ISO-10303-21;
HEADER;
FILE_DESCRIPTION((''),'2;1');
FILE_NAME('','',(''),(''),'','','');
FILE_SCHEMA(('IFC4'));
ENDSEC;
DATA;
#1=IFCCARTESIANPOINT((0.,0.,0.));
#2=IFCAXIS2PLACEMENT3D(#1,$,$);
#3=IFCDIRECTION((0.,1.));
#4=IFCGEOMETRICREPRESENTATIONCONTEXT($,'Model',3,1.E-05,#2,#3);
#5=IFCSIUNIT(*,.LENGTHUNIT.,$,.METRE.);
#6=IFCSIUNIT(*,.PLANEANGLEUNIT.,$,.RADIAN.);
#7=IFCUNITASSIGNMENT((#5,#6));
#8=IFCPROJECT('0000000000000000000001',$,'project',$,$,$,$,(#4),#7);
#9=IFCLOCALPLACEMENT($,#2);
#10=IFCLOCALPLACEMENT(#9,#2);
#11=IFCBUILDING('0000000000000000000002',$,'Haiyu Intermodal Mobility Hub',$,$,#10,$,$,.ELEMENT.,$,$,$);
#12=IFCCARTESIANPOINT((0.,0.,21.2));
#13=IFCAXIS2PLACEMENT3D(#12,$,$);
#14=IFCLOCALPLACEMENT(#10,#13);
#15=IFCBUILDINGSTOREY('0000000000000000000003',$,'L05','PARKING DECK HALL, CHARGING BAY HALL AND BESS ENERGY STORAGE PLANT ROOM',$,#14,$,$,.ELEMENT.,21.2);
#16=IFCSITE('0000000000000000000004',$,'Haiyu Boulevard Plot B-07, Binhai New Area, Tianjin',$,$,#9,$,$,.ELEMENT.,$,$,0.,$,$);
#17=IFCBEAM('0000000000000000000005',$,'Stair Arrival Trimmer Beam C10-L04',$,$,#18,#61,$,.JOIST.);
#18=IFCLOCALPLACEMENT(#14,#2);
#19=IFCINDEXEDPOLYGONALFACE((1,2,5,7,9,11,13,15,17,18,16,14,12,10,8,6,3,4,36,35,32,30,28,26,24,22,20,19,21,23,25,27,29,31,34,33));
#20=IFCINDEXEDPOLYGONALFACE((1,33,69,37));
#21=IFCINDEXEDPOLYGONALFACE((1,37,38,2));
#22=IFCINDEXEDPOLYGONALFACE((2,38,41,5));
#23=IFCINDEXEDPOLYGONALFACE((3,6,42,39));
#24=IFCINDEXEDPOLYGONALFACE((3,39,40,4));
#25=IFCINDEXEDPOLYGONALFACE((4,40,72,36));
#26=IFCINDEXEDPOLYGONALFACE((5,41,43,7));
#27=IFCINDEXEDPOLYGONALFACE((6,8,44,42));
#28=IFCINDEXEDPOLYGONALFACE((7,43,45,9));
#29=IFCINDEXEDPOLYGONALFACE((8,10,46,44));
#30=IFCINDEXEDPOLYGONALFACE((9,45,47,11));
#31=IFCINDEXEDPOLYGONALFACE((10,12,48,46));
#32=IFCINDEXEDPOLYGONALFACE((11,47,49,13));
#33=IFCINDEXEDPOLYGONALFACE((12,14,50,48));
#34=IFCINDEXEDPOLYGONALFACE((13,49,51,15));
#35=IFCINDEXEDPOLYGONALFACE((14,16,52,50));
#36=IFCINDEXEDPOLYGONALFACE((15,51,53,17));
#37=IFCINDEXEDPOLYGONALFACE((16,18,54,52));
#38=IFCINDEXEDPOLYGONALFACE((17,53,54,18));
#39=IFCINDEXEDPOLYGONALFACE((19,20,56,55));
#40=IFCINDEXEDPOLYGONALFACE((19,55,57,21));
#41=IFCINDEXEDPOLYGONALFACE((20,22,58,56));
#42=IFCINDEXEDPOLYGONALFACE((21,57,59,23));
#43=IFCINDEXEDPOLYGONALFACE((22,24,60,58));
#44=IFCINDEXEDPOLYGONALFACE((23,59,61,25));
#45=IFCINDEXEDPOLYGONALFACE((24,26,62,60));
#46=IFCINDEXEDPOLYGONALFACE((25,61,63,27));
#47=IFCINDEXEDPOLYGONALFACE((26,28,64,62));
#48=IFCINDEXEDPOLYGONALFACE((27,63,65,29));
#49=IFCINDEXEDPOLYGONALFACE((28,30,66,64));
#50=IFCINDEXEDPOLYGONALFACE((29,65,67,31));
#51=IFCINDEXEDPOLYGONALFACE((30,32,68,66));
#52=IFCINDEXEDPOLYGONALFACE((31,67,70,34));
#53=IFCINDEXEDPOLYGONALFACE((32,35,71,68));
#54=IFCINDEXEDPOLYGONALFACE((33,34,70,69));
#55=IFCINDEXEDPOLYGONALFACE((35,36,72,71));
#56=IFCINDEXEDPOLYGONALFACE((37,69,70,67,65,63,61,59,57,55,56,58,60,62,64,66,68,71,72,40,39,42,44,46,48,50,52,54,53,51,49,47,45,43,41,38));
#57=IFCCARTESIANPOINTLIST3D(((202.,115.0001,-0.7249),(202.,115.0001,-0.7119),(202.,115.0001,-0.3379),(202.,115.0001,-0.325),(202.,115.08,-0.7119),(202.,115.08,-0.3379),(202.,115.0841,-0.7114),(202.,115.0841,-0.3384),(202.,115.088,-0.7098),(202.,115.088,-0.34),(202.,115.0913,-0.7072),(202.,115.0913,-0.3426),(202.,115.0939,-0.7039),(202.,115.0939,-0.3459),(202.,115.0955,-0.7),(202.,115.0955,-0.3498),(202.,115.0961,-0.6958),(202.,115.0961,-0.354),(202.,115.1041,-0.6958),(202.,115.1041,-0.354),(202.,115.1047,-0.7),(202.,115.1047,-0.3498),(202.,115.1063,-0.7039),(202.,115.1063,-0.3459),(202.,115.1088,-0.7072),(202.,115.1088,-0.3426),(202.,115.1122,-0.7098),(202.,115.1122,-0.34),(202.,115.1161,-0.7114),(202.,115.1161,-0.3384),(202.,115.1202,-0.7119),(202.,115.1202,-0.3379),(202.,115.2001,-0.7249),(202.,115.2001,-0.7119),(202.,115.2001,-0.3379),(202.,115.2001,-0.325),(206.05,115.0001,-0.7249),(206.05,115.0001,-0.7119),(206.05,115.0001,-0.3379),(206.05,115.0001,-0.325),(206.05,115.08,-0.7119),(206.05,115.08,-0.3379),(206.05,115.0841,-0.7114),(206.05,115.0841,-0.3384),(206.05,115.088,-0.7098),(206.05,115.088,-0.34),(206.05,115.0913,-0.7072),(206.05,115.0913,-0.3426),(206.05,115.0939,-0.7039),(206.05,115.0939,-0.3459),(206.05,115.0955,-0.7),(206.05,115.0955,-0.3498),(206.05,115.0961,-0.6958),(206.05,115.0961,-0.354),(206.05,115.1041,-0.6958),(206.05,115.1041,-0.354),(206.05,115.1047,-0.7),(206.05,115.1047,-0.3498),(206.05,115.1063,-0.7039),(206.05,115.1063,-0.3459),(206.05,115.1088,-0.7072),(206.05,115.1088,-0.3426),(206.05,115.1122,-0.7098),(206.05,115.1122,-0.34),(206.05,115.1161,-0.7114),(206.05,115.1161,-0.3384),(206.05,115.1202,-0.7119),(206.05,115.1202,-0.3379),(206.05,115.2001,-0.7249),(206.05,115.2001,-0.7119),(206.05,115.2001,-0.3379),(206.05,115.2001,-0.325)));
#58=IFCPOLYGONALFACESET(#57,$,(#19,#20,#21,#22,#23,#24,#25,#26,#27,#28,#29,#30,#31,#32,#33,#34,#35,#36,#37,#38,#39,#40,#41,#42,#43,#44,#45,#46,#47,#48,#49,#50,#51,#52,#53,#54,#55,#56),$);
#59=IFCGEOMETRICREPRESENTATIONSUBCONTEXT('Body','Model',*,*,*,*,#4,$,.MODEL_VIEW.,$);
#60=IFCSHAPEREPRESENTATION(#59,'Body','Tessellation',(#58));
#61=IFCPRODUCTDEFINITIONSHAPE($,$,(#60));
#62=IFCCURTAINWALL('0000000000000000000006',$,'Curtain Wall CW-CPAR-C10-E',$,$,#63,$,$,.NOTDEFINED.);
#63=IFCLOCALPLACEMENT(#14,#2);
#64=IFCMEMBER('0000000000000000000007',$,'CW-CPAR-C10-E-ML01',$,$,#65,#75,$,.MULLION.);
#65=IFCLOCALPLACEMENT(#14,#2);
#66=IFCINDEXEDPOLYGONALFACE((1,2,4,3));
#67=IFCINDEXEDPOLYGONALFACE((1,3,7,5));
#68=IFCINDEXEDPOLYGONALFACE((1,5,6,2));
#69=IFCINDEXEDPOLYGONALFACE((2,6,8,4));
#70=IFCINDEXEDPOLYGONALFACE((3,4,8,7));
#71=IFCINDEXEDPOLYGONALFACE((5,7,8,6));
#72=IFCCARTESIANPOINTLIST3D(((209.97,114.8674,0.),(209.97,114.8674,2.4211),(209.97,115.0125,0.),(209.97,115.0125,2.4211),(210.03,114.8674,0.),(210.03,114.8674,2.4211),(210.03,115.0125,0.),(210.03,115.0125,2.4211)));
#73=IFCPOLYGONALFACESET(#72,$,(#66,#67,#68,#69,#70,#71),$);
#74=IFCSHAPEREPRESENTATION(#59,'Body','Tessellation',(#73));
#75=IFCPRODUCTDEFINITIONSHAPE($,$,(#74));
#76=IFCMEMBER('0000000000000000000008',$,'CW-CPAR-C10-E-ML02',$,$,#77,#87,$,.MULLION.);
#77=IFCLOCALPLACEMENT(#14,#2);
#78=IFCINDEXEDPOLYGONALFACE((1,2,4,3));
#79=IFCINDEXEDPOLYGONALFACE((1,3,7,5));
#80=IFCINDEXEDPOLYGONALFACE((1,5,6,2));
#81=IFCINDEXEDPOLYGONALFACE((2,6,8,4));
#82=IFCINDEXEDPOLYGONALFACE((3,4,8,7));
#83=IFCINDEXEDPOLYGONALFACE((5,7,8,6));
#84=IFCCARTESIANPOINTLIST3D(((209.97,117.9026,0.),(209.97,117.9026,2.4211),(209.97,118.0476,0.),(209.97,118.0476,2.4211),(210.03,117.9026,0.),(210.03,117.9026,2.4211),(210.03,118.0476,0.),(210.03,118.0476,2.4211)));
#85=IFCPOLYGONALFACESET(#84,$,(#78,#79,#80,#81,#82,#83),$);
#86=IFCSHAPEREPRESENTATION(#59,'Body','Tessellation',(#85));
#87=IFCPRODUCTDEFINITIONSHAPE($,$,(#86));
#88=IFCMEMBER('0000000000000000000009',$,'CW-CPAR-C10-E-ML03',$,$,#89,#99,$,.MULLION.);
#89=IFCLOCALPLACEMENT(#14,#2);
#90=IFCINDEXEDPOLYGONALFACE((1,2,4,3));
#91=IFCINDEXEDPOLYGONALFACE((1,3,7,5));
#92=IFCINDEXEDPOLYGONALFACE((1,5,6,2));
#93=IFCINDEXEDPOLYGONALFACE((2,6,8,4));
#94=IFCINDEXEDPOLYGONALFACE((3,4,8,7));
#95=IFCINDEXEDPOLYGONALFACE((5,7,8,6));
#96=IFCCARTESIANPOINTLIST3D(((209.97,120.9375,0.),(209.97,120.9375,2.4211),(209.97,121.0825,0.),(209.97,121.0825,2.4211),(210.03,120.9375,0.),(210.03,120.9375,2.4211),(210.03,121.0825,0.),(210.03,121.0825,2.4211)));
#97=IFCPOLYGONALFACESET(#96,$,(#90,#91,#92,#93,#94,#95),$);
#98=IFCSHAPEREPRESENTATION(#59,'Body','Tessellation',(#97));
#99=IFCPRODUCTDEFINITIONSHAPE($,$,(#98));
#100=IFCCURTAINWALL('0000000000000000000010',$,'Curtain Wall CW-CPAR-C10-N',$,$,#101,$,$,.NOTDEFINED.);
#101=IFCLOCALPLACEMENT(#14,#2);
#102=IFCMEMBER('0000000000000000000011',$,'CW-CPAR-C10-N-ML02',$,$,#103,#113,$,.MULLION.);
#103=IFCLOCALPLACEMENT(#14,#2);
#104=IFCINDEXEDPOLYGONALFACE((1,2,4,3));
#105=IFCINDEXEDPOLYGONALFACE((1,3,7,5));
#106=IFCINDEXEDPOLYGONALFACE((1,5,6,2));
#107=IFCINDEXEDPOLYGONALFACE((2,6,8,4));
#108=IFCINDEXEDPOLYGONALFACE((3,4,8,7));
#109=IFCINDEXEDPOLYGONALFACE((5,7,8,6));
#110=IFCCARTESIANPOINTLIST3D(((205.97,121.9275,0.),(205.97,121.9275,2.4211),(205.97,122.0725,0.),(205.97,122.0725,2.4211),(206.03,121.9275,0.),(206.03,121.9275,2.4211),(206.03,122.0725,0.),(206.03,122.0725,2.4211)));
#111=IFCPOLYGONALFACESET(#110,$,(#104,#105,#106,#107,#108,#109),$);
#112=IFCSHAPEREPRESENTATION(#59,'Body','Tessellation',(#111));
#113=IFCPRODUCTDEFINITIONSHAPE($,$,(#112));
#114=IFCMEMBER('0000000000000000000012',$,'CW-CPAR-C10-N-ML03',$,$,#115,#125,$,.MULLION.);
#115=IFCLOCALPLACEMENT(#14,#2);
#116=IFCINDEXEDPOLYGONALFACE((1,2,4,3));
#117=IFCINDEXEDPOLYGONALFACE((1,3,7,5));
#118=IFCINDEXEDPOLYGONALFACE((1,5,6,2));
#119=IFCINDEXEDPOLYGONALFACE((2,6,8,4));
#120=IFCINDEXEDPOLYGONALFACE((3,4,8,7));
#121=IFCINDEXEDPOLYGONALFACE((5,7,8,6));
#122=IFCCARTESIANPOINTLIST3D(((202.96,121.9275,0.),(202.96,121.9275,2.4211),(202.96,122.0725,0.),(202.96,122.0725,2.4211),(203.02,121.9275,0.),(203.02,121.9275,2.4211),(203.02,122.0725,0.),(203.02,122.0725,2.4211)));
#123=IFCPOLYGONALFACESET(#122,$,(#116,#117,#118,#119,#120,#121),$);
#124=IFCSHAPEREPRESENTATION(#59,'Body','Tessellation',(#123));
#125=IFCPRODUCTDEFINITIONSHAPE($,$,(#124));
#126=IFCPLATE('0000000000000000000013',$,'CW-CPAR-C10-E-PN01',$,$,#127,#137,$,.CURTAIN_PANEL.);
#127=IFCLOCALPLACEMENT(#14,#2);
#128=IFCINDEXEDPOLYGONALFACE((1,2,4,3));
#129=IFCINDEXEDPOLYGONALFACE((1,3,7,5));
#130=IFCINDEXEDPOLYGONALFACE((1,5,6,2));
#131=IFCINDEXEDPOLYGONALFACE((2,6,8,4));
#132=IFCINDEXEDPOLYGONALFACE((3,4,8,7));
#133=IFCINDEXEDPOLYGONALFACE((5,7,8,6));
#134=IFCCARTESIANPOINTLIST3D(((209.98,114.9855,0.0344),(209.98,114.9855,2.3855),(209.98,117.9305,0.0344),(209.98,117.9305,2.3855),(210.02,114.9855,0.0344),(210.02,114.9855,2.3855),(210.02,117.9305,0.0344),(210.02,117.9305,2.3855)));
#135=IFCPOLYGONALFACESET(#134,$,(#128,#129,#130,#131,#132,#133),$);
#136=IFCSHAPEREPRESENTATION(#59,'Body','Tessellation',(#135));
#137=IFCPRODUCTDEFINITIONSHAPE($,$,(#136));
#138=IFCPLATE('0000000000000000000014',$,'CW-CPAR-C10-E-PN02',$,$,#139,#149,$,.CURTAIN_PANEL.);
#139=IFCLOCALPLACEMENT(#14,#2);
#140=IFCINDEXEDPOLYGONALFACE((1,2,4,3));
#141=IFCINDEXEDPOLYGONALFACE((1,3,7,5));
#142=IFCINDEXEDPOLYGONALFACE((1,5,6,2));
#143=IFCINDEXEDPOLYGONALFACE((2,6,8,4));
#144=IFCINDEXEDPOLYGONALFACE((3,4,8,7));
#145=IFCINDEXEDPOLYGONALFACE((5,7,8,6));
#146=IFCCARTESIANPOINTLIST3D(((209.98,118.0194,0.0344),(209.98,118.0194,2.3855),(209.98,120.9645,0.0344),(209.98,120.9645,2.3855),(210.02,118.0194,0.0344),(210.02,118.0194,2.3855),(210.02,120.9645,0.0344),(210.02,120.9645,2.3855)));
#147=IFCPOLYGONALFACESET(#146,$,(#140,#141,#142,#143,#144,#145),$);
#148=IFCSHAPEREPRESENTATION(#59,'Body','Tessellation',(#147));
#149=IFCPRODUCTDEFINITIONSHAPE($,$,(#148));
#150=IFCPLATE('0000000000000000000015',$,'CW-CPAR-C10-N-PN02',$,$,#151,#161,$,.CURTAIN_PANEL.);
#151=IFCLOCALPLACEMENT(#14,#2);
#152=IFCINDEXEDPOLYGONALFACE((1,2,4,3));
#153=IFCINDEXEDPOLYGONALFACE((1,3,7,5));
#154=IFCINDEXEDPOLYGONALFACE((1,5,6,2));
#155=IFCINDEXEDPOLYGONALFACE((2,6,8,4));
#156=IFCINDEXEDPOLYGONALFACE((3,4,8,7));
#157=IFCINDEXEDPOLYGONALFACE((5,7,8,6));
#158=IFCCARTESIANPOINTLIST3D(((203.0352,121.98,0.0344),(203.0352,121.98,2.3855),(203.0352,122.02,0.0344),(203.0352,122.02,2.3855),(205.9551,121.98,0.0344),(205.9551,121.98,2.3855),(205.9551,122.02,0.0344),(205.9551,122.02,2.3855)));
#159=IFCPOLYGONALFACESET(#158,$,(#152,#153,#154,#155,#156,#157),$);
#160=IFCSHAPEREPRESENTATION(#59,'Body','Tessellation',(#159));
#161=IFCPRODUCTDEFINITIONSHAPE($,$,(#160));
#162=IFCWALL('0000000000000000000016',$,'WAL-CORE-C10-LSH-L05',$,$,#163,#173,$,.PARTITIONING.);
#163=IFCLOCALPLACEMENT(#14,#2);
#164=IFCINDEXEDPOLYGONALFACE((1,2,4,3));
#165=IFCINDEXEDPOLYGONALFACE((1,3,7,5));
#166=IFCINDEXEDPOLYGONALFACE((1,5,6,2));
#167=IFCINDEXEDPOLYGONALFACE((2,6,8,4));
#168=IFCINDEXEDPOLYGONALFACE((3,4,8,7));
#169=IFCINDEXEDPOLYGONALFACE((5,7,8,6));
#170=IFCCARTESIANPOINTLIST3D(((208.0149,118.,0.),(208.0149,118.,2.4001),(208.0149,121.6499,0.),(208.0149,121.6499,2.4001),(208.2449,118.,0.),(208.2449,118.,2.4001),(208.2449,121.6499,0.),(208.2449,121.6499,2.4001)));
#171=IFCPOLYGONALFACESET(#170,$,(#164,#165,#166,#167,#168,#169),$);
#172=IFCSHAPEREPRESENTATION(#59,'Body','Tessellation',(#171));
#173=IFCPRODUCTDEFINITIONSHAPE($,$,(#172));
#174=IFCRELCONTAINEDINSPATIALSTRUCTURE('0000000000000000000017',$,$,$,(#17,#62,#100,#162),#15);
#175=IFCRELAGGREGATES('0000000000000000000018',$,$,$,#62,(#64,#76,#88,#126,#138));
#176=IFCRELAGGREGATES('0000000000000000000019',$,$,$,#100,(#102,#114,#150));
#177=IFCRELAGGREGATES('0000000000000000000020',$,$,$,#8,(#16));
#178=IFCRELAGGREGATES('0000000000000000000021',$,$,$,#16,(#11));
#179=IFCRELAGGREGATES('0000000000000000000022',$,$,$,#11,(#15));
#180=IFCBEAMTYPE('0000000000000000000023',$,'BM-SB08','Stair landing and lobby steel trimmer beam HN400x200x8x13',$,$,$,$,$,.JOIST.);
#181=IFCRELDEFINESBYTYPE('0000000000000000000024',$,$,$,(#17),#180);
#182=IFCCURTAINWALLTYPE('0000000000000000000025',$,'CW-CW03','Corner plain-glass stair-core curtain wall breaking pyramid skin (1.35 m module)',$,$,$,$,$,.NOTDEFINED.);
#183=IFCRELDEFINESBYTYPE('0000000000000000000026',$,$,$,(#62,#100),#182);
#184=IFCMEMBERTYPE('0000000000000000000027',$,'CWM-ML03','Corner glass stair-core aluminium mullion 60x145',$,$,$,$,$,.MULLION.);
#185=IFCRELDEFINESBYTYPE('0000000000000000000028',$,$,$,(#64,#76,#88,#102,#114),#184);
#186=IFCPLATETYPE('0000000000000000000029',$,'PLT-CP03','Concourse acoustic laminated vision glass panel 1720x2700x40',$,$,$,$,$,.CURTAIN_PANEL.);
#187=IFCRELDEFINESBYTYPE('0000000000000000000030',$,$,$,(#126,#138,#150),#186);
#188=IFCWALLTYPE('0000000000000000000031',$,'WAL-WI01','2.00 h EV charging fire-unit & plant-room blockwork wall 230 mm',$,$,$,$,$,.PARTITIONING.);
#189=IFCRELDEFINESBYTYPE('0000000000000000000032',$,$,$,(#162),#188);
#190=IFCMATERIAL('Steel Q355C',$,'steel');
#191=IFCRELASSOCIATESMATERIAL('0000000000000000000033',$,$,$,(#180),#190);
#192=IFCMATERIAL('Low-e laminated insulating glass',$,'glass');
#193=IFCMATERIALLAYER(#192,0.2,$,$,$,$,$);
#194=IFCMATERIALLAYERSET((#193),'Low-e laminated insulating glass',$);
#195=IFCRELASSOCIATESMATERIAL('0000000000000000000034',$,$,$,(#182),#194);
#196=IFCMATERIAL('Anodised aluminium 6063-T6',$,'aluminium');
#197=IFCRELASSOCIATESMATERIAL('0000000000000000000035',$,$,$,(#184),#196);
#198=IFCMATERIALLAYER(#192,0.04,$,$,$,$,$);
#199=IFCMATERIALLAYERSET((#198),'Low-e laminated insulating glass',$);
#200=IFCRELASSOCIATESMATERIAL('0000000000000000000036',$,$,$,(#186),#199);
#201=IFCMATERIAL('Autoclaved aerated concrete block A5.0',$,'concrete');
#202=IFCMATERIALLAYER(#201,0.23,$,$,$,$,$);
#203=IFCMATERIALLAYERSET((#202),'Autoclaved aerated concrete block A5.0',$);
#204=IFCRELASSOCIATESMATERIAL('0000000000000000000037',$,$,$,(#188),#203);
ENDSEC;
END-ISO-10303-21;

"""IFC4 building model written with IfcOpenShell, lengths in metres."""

from ifc_helpers import new_model, si_unit, direction, frame, frame_2d, origin, origin_2d, place, context, subcontext, project, spatial, rectangle, i_section, extrude, material, layer, layer_set, material_profile, profile_set, type_object, element, aggregate, save


model = new_model("IFC4")

# Units and contexts
model_context = context("Model", 3, precision=1e-05, world=origin(), true_north=direction((0.0, 1.0)))
body_context = subcontext(model_context, "Body", "Model", "MODEL_VIEW")
ifc_project = project(units=[si_unit("LENGTHUNIT", "METRE"), si_unit("PLANEANGLEUNIT", "RADIAN")], contexts=[model_context])

# Site, building, storey
site_placement = place(None, origin())
site = spatial("IfcSite", under=ifc_project, at=site_placement, Name="Haiyu Boulevard Plot B-07, Binhai New Area, Tianjin", CompositionType="ELEMENT", RefElevation=0.0)
building_placement = place(site_placement, origin())
building = spatial("IfcBuilding", under=site, at=building_placement, Name="Haiyu Intermodal Mobility Hub", CompositionType="ELEMENT")
storey_placement = place(building_placement, frame((0.0, 0.0, 21.2)))
storey = spatial("IfcBuildingStorey", under=building, at=storey_placement, Name="L05", Description="PARKING DECK HALL, CHARGING BAY HALL AND BESS ENERGY STORAGE PLANT ROOM", CompositionType="ELEMENT", Elevation=21.2)

# Shared definitions
ifc_material_1 = material(Name="Steel Q355C", Category="steel")

# Beam
ifc_material_profile_1 = material_profile(ifc_material_1, i_section(OverallWidth=0.2, OverallDepth=0.3999, WebThickness=0.0081, FlangeThickness=0.0129, FilletRadius=0.0161, at=origin_2d()), Name="HN400x200x8x13")
ifc_profile_set_1 = profile_set([ifc_material_profile_1], Name="Steel Q355C")
beam_type_1 = type_object("IfcBeamType", Name="BM-SB08", Description="Stair landing and lobby steel trimmer beam HN400x200x8x13", PredefinedType="JOIST", material=ifc_profile_set_1)
beam_1_placement = place(storey_placement, frame((202.0, 115.1001, -0.5249), z_axis=(1.0, 0.0, 0.0), x_axis=(0.0, 1.0, 0.0)))
element("IfcBeam", 1, at=beam_1_placement, inside=storey, type_object=beam_type_1, Name="Stair Arrival Trimmer Beam C10-L04", PredefinedType="JOIST", context=body_context, shape_type="SweptSolid", body=[
    extrude(i_section(OverallWidth=0.2, OverallDepth=0.3999, WebThickness=0.0081, FlangeThickness=0.0129, FilletRadius=0.0161, at=origin_2d()), origin(), (0.0, 0.0, 1.0), 4.05),
])

# Curtain walls, members
ifc_material_2 = material(Name="Low-e laminated insulating glass", Category="glass")
ifc_layer_1 = layer(ifc_material_2, 0.2)
ifc_layer_set_1 = layer_set([ifc_layer_1], Name="Low-e laminated insulating glass")
curtain_wall_type = type_object("IfcCurtainWallType", Name="CW-CW03", Description="Corner plain-glass stair-core curtain wall breaking pyramid skin (1.35 m module)", PredefinedType="NOTDEFINED", material=ifc_layer_set_1)
curtain_wall_1_placement = place(storey_placement, origin())
curtain_wall_1 = element("IfcCurtainWall", 2, at=curtain_wall_1_placement, inside=storey, type_object=curtain_wall_type, Name="Curtain Wall CW-CPAR-C10-E", PredefinedType="NOTDEFINED")
ifc_material_3 = material(Name="Anodised aluminium 6063-T6", Category="aluminium")
ifc_material_profile_2 = material_profile(ifc_material_3, rectangle(XDim=0.0601, YDim=0.145, at=origin_2d()), Name="ALU60x145")
ifc_profile_set_2 = profile_set([ifc_material_profile_2], Name="Anodised aluminium 6063-T6")
member_type = type_object("IfcMemberType", Name="CWM-ML03", Description="Corner glass stair-core aluminium mullion 60x145", PredefinedType="MULLION", material=ifc_profile_set_2)
member_1_placement = place(storey_placement, frame((210.0, 114.9399, 0.0), z_axis=(0.0, 0.0, 1.0), x_axis=(1.0, 0.0, 0.0)))
member_1 = element("IfcMember", 3, at=member_1_placement, type_object=member_type, Name="CW-CPAR-C10-E-ML01", PredefinedType="MULLION", context=body_context, shape_type="SweptSolid", body=[
    extrude(rectangle(XDim=0.0601, YDim=0.145, at=origin_2d()), origin(), (0.0, 0.0, 1.0), 2.4211),
])
member_2_placement = place(storey_placement, frame((210.0, 117.9751, 0.0), z_axis=(0.0, 0.0, 1.0), x_axis=(1.0, 0.0, 0.0)))
member_2 = element("IfcMember", 4, at=member_2_placement, type_object=member_type, Name="CW-CPAR-C10-E-ML02", PredefinedType="MULLION", context=body_context, shape_type="SweptSolid", body=[
    extrude(rectangle(XDim=0.0601, YDim=0.145, at=origin_2d()), origin(), (0.0, 0.0, 1.0), 2.4211),
])
member_3_placement = place(storey_placement, frame((210.0, 121.01, 0.0), z_axis=(0.0, 0.0, 1.0), x_axis=(1.0, 0.0, 0.0)))
member_3 = element("IfcMember", 5, at=member_3_placement, type_object=member_type, Name="CW-CPAR-C10-E-ML03", PredefinedType="MULLION", context=body_context, shape_type="SweptSolid", body=[
    extrude(rectangle(XDim=0.0601, YDim=0.145, at=origin_2d()), origin(), (0.0, 0.0, 1.0), 2.4211),
])
curtain_wall_2_placement = place(storey_placement, origin())
curtain_wall_2 = element("IfcCurtainWall", 6, at=curtain_wall_2_placement, inside=storey, type_object=curtain_wall_type, Name="Curtain Wall CW-CPAR-C10-N", PredefinedType="NOTDEFINED")
member_4_placement = place(storey_placement, frame((206.0, 122.0, 0.0), z_axis=(0.0, 0.0, 1.0), x_axis=(1.0, 0.0, 0.0)))
member_4 = element("IfcMember", 7, at=member_4_placement, type_object=member_type, Name="CW-CPAR-C10-N-ML02", PredefinedType="MULLION", context=body_context, shape_type="SweptSolid", body=[
    extrude(rectangle(XDim=0.0601, YDim=0.145, at=origin_2d()), origin(), (0.0, 0.0, 1.0), 2.4211),
])
member_5_placement = place(storey_placement, frame((202.99, 122.0, 0.0), z_axis=(0.0, 0.0, 1.0), x_axis=(1.0, 0.0, 0.0)))
member_5 = element("IfcMember", 8, at=member_5_placement, type_object=member_type, Name="CW-CPAR-C10-N-ML03", PredefinedType="MULLION", context=body_context, shape_type="SweptSolid", body=[
    extrude(rectangle(XDim=0.0601, YDim=0.145, at=origin_2d()), origin(), (0.0, 0.0, 1.0), 2.4211),
])

# Plates
ifc_layer_2 = layer(ifc_material_2, 0.04)
ifc_layer_set_2 = layer_set([ifc_layer_2], Name="Low-e laminated insulating glass")
plate_type = type_object("IfcPlateType", Name="PLT-CP03", Description="Concourse acoustic laminated vision glass panel 1720x2700x40", PredefinedType="CURTAIN_PANEL", material=ifc_layer_set_2)
plate_1_placement = place(storey_placement, frame((210.0, 116.458, 0.0344), z_axis=(0.0, 0.0, 1.0), x_axis=(0.0, 1.0, 0.0)))
plate_1 = element("IfcPlate", 9, at=plate_1_placement, type_object=plate_type, Name="CW-CPAR-C10-E-PN01", PredefinedType="CURTAIN_PANEL", context=body_context, shape_type="SweptSolid", body=[
    extrude(rectangle(XDim=2.9451, YDim=0.04, at=origin_2d()), origin(), (0.0, 0.0, 1.0), 2.3511),
])
plate_2_placement = place(storey_placement, frame((210.0, 119.4919, 0.0344), z_axis=(0.0, 0.0, 1.0), x_axis=(0.0, 1.0, 0.0)))
plate_2 = element("IfcPlate", 10, at=plate_2_placement, type_object=plate_type, Name="CW-CPAR-C10-E-PN02", PredefinedType="CURTAIN_PANEL", context=body_context, shape_type="SweptSolid", body=[
    extrude(rectangle(XDim=2.9451, YDim=0.04, at=origin_2d()), origin(), (0.0, 0.0, 1.0), 2.3511),
])
aggregate(curtain_wall_1, [member_1, member_2, member_3, plate_1, plate_2])
plate_3_placement = place(storey_placement, frame((204.4951, 122.0, 0.0344), z_axis=(0.0, 0.0, 1.0), x_axis=(-1.0, 0.0, 0.0)))
plate_3 = element("IfcPlate", 11, at=plate_3_placement, type_object=plate_type, Name="CW-CPAR-C10-N-PN02", PredefinedType="CURTAIN_PANEL", context=body_context, shape_type="SweptSolid", body=[
    extrude(rectangle(XDim=2.9199, YDim=0.04, at=origin_2d()), origin(), (0.0, 0.0, 1.0), 2.3511),
])
aggregate(curtain_wall_2, [member_4, member_5, plate_3])

# Wall
ifc_material_4 = material(Name="Autoclaved aerated concrete block A5.0", Category="concrete")
ifc_layer_3 = layer(ifc_material_4, 0.23)
ifc_layer_set_3 = layer_set([ifc_layer_3], Name="Autoclaved aerated concrete block A5.0")
wall_type_1 = type_object("IfcWallType", Name="WAL-WI01", Description="2.00 h EV charging fire-unit & plant-room blockwork wall 230 mm", PredefinedType="PARTITIONING", material=ifc_layer_set_3)
wall_1_placement = place(storey_placement, frame((208.1299, 118.0, 0.0), z_axis=(0.0, 0.0, 1.0), x_axis=(0.0, 1.0, 0.0)))
element("IfcWall", 12, at=wall_1_placement, inside=storey, type_object=wall_type_1, Name="WAL-CORE-C10-LSH-L05", PredefinedType="PARTITIONING", context=body_context, shape_type="SweptSolid", body=[
    extrude(rectangle(XDim=3.6499, YDim=0.23, at=frame_2d((1.825, 0.0))), origin(), (0.0, 0.0, 1.0), 2.4001),
])

save(model, "model.ifc")
